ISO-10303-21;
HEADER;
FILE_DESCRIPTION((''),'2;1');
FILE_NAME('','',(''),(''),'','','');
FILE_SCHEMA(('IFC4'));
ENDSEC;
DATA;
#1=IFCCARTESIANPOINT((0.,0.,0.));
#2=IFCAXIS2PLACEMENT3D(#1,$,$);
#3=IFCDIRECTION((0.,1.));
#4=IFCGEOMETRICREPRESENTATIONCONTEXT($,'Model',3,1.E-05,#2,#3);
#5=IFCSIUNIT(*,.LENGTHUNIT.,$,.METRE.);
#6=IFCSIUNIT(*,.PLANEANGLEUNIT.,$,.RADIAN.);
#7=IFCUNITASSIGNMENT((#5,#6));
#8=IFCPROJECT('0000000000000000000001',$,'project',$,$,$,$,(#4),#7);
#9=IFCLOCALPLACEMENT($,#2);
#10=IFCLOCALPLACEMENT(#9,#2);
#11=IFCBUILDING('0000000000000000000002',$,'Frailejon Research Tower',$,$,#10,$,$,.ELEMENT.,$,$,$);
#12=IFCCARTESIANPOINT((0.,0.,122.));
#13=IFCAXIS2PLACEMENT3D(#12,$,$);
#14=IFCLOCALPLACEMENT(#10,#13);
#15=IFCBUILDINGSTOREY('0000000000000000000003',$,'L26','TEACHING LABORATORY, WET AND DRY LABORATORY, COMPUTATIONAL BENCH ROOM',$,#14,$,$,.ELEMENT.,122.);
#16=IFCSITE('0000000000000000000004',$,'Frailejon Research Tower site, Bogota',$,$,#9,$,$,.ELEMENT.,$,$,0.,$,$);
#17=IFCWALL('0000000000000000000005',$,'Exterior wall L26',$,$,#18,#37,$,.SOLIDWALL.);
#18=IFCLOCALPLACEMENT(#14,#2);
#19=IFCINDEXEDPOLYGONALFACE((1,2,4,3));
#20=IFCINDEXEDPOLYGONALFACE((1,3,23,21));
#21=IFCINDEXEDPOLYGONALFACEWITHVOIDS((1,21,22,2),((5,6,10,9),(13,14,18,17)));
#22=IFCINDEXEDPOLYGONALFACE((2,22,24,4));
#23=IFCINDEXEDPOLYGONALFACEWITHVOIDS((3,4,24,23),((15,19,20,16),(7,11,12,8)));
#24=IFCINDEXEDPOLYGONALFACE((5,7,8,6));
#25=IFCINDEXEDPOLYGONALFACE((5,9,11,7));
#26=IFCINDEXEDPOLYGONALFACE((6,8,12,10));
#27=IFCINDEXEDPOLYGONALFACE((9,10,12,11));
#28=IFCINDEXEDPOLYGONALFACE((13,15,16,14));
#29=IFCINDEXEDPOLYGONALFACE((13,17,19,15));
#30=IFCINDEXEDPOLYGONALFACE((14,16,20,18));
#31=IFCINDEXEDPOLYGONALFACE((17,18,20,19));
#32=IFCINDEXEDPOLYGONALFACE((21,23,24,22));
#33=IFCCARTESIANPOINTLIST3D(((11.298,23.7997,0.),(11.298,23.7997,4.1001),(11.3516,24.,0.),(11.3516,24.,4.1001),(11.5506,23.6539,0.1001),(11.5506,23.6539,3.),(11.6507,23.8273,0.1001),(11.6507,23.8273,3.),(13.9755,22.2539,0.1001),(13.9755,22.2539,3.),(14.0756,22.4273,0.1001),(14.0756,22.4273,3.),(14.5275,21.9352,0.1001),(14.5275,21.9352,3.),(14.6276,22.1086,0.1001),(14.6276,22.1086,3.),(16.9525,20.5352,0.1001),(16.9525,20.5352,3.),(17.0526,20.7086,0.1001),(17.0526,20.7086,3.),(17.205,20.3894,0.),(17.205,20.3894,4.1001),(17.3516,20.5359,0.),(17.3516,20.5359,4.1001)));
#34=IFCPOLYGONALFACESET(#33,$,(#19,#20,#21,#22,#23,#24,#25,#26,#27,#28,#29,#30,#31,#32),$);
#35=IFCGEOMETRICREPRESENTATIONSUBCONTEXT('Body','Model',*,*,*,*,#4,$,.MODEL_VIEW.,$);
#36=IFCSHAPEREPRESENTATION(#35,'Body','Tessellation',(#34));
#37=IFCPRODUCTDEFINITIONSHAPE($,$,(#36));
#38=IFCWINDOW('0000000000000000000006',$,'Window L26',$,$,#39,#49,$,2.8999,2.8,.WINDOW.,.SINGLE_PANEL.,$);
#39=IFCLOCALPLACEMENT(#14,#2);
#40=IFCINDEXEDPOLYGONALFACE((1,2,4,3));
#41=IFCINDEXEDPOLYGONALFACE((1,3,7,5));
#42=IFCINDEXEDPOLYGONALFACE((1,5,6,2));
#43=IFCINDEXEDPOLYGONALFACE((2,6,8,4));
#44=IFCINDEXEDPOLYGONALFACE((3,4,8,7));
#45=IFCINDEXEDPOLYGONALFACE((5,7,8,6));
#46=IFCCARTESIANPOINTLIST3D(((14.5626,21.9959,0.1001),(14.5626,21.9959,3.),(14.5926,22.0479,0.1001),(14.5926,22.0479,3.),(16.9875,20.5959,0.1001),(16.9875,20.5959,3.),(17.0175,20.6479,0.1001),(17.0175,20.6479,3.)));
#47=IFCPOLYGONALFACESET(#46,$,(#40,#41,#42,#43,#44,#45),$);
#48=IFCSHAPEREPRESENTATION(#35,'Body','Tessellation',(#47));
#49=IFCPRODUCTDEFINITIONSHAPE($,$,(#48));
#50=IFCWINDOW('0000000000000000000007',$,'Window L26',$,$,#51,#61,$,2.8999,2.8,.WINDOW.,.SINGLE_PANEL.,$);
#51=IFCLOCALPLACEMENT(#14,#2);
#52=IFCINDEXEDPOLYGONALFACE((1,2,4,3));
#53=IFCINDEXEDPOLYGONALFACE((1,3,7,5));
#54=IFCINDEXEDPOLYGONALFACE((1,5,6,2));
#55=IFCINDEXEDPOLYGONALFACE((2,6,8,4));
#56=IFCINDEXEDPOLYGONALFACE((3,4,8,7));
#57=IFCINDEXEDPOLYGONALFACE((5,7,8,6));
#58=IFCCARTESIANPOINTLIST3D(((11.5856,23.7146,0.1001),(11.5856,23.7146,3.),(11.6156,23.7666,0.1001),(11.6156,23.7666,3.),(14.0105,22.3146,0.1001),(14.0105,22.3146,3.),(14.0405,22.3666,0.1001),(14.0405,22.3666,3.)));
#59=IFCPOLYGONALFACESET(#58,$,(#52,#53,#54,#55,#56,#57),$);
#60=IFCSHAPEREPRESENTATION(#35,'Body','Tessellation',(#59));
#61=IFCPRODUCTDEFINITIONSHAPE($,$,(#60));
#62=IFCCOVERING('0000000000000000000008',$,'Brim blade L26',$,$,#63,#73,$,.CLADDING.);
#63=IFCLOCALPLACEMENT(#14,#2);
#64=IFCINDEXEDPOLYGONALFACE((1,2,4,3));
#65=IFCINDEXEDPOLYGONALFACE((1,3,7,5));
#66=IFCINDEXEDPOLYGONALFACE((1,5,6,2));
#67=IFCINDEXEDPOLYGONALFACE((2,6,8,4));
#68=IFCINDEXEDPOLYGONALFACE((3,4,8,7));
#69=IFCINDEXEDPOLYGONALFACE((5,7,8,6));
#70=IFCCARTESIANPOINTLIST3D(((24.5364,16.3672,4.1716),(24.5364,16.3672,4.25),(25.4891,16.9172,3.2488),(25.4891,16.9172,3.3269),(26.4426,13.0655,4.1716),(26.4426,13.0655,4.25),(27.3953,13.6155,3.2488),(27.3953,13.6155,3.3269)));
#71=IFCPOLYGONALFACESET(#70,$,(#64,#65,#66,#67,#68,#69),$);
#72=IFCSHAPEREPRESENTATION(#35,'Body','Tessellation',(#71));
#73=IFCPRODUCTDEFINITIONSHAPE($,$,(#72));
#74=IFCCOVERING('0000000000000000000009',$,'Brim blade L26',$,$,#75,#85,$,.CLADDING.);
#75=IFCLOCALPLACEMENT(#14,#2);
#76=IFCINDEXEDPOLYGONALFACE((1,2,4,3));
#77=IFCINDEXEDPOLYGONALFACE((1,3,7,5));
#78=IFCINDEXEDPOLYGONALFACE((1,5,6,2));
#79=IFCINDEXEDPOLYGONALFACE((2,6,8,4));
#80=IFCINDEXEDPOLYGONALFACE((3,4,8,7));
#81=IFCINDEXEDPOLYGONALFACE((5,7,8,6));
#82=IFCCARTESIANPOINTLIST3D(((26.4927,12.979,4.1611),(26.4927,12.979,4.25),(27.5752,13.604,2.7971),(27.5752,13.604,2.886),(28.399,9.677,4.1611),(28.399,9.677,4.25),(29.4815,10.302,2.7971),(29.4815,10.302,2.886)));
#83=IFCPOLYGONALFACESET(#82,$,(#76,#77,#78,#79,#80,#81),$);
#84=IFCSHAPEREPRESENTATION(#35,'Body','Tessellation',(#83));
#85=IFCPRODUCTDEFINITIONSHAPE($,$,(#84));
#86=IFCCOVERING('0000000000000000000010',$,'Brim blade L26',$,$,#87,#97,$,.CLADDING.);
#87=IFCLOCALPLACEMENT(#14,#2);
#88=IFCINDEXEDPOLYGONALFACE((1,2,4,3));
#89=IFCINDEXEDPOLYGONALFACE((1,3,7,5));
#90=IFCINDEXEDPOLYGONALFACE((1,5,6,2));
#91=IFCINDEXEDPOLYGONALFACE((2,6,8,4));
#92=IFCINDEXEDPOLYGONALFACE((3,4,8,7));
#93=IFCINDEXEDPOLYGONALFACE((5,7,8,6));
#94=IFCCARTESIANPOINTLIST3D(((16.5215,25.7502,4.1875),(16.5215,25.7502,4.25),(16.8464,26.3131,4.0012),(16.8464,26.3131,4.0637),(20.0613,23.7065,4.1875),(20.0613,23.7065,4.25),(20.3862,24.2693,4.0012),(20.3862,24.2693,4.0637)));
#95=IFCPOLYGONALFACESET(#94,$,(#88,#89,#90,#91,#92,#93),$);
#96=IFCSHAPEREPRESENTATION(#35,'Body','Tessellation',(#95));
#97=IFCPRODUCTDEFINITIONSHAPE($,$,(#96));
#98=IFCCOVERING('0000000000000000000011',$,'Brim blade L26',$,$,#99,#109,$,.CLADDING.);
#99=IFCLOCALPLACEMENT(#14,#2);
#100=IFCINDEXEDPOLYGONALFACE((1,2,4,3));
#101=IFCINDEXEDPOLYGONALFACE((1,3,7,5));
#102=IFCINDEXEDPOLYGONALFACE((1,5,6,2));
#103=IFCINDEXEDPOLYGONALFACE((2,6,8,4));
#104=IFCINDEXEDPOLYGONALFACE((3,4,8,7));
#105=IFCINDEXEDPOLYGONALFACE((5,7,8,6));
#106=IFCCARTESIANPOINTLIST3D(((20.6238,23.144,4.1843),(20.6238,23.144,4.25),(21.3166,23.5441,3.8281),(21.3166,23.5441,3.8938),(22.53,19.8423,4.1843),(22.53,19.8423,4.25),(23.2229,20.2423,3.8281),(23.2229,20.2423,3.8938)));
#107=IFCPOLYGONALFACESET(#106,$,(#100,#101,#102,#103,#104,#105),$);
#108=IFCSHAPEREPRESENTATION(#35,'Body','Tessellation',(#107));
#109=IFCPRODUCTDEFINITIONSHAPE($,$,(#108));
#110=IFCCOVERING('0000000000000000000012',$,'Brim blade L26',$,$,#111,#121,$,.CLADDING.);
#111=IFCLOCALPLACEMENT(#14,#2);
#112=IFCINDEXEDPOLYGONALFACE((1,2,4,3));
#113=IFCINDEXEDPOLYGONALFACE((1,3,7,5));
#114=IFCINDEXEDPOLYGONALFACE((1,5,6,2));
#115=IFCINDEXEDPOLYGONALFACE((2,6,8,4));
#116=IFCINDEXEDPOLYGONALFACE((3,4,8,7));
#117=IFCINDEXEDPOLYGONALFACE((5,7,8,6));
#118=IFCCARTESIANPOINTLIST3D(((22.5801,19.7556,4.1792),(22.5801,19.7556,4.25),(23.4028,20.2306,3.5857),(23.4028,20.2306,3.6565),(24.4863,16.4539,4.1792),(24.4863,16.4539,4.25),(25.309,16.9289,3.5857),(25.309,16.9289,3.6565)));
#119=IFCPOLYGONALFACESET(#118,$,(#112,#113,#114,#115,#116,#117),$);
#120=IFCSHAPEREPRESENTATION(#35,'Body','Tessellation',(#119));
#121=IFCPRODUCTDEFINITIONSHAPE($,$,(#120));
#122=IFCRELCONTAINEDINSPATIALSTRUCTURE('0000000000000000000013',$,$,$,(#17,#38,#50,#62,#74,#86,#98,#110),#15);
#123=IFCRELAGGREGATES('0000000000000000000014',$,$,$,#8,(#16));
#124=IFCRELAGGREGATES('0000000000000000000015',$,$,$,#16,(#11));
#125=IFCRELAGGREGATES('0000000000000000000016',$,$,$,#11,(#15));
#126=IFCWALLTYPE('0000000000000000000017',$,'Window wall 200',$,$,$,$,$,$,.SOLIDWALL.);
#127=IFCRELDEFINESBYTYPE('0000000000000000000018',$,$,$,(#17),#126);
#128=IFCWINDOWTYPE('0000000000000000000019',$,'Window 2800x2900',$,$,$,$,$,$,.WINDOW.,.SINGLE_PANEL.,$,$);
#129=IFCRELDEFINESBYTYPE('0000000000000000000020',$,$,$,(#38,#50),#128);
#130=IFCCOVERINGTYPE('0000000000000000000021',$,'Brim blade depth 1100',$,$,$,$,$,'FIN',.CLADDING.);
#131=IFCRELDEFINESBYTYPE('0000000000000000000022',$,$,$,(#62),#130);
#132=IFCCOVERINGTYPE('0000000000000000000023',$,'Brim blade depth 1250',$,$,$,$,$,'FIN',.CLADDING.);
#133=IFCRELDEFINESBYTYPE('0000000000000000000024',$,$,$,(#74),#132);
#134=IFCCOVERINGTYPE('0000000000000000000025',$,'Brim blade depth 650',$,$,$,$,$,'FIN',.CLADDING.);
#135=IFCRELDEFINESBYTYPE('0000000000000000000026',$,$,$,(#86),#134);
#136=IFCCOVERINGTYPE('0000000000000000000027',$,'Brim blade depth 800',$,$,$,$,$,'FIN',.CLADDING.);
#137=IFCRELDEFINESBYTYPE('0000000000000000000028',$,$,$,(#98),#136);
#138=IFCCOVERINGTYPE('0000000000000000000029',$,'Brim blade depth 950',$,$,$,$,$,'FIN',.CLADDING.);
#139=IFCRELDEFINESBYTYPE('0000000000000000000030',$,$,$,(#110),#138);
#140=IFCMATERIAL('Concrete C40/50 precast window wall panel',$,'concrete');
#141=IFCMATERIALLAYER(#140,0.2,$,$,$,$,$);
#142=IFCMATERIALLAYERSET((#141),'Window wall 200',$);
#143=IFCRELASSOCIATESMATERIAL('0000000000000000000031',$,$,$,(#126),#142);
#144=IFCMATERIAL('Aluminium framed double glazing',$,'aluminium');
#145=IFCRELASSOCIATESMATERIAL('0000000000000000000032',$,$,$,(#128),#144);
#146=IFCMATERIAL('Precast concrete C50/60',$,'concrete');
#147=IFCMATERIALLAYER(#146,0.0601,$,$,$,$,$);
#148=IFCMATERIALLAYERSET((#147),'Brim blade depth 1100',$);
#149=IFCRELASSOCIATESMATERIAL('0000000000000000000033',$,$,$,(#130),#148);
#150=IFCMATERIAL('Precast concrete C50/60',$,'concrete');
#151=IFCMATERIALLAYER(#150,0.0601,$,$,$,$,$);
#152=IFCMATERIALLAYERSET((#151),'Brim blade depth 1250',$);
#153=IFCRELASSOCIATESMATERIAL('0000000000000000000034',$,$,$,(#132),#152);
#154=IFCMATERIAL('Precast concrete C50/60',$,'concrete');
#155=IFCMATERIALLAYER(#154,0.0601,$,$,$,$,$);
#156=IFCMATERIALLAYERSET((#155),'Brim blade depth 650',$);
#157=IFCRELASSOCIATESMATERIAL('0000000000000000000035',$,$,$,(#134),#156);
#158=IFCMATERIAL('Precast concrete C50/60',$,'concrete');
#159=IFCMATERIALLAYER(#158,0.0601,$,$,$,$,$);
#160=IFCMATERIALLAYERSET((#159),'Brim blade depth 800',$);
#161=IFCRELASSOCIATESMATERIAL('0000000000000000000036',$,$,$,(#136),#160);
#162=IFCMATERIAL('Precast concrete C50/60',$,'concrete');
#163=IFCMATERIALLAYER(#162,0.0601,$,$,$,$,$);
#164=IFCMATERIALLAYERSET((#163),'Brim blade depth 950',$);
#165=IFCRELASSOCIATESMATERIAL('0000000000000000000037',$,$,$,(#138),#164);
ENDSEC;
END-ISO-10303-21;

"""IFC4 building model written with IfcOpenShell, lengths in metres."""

from ifc_helpers import new_model, si_unit, direction, frame, frame_2d, origin, place, context, subcontext, project, spatial, polyline, rectangle, outline, extrude, material, layer, layer_set, type_object, element, fill, save


model = new_model("IFC4")

# Units and contexts
model_context = context("Model", 3, precision=1e-05, world=origin(), true_north=direction((0.0, 1.0)))
body_context = subcontext(model_context, "Body", "Model", "MODEL_VIEW")
ifc_project = project(units=[si_unit("LENGTHUNIT", "METRE"), si_unit("PLANEANGLEUNIT", "RADIAN")], contexts=[model_context])

# Site, building, storey
site_placement = place(None, origin())
site = spatial("IfcSite", under=ifc_project, at=site_placement, Name="Frailejon Research Tower site, Bogota", CompositionType="ELEMENT", RefElevation=0.0)
building_placement = place(site_placement, origin())
building = spatial("IfcBuilding", under=site, at=building_placement, Name="Frailejon Research Tower", CompositionType="ELEMENT")
storey_placement = place(building_placement, frame((0.0, 0.0, 122.0)))
storey = spatial("IfcBuildingStorey", under=building, at=storey_placement, Name="L26", Description="TEACHING LABORATORY, WET AND DRY LABORATORY, COMPUTATIONAL BENCH ROOM", CompositionType="ELEMENT", Elevation=122.0)

# Wall, openings, windows
ifc_material_1 = material(Name="Concrete C40/50 precast window wall panel", Category="concrete")
ifc_layer_1 = layer(ifc_material_1, 0.2)
ifc_layer_set_1 = layer_set([ifc_layer_1], Name="Window wall 200")
wall_type = type_object("IfcWallType", Name="Window wall 200", PredefinedType="SOLIDWALL", material=ifc_layer_set_1)
wall_placement = place(storey_placement, frame((17.2783, 20.4626, 0.0), z_axis=(0.0, 0.0, 1.0), x_axis=(-0.866029, 0.499993, 0.0)))
wall = element("IfcWall", 1, at=wall_placement, inside=storey, type_object=wall_type, Name="Exterior wall L26", PredefinedType="SOLIDWALL", context=body_context, shape_type="SweptSolid", body=[
    extrude(outline(polyline([(-0.0269, -0.1001), (1.1279, -0.1001), (2.2825, -0.1001), (3.4373, -0.1001), (4.592, -0.1001), (5.7466, -0.1001), (6.9014, -0.1001), (6.8477, 0.1001), (5.7109, 0.1001), (4.574, 0.1001), (3.4373, 0.1001), (2.3005, 0.1001), (1.1636, 0.1001), (0.0269, 0.1001), (-0.0269, -0.1001)])), origin(), (0.0, 0.0, 1.0), 4.1001),
])
opening_1_placement = place(wall_placement, frame((0.3186, 0.0, 0.1001)))
opening_1 = element("IfcOpeningElement", 2, at=opening_1_placement, cuts=wall, PredefinedType="OPENING", context=body_context, shape_type="SweptSolid", body=[
    extrude(rectangle(XDim=2.8, YDim=2.8999, at=frame_2d((1.3999, 1.45))), frame((0.0, 0.1099, 0.0), z_axis=(0.0, -1.0, 0.0), x_axis=(1.0, 0.0, 0.0)), (0.0, 0.0, 1.0), 0.22),
])
opening_2_placement = place(wall_placement, frame((3.7561, 0.0, 0.1001)))
opening_2 = element("IfcOpeningElement", 3, at=opening_2_placement, cuts=wall, PredefinedType="OPENING", context=body_context, shape_type="SweptSolid", body=[
    extrude(rectangle(XDim=2.8, YDim=2.8999, at=frame_2d((1.3999, 1.45))), frame((0.0, 0.1099, 0.0), z_axis=(0.0, -1.0, 0.0), x_axis=(1.0, 0.0, 0.0)), (0.0, 0.0, 1.0), 0.22),
])
ifc_material_2 = material(Name="Aluminium framed double glazing", Category="aluminium")
window_type = type_object("IfcWindowType", Name="Window 2800x2900", PartitioningType="SINGLE_PANEL", PredefinedType="WINDOW", material=ifc_material_2)
window_1_placement = place(opening_1_placement, origin())
window_1 = element("IfcWindow", 4, at=window_1_placement, inside=storey, type_object=window_type, Name="Window L26", OverallHeight=2.8999, OverallWidth=2.8, PartitioningType="SINGLE_PANEL", PredefinedType="WINDOW", context=body_context, shape_type="SweptSolid", body=[
    extrude(rectangle(XDim=2.8, YDim=2.8999, at=frame_2d((1.3999, 1.45))), frame((0.0, 0.03, 0.0), z_axis=(0.0, -1.0, 0.0), x_axis=(1.0, 0.0, 0.0)), (0.0, 0.0, 1.0), 0.0601),
])
fill(opening_1, window_1)
window_2_placement = place(opening_2_placement, origin())
window_2 = element("IfcWindow", 5, at=window_2_placement, inside=storey, type_object=window_type, Name="Window L26", OverallHeight=2.8999, OverallWidth=2.8, PartitioningType="SINGLE_PANEL", PredefinedType="WINDOW", context=body_context, shape_type="SweptSolid", body=[
    extrude(rectangle(XDim=2.8, YDim=2.8999, at=frame_2d((1.3999, 1.45))), frame((0.0, 0.03, 0.0), z_axis=(0.0, -1.0, 0.0), x_axis=(1.0, 0.0, 0.0)), (0.0, 0.0, 1.0), 0.0601),
])
fill(opening_2, window_2)

# Coverings
ifc_material_3 = material(Name="Precast concrete C50/60", Category="concrete")
ifc_layer_2 = layer(ifc_material_3, 0.0601)
ifc_layer_set_2 = layer_set([ifc_layer_2], Name="Brim blade depth 1100")
covering_type_1 = type_object("IfcCoveringType", Name="Brim blade depth 1100", ElementType="FIN", PredefinedType="CLADDING", material=ifc_layer_set_2)
covering_1_placement = place(storey_placement, frame((24.5364, 16.3672, 4.25), z_axis=(0.500001, -0.866025, 0.0), x_axis=(0.866025, 0.500001, 0.0)))
element("IfcCovering", 6, at=covering_1_placement, inside=storey, type_object=covering_type_1, Name="Brim blade L26", PredefinedType="CLADDING", context=body_context, shape_type="SweptSolid", body=[
    extrude(outline(polyline([(0.0, -0.0784), (1.1001, -1.0012), (1.1001, -0.9231), (0.0, 0.0), (0.0, -0.0784)])), origin(), (0.0, 0.0, 1.0), 3.8125),
])
ifc_material_4 = material(Name="Precast concrete C50/60", Category="concrete")
ifc_layer_3 = layer(ifc_material_4, 0.0601)
ifc_layer_set_3 = layer_set([ifc_layer_3], Name="Brim blade depth 1250")
covering_type_2 = type_object("IfcCoveringType", Name="Brim blade depth 1250", ElementType="FIN", PredefinedType="CLADDING", material=ifc_layer_set_3)
covering_2_placement = place(storey_placement, frame((26.4927, 12.979, 4.25), z_axis=(0.49999, -0.866031, 0.0), x_axis=(0.866031, 0.49999, 0.0)))
element("IfcCovering", 7, at=covering_2_placement, inside=storey, type_object=covering_type_2, Name="Brim blade L26", PredefinedType="CLADDING", context=body_context, shape_type="SweptSolid", body=[
    extrude(outline(polyline([(0.0, -0.0889), (1.25, -1.4529), (1.25, -1.364), (0.0, 0.0), (0.0, -0.0889)])), origin(), (0.0, 0.0, 1.0), 3.8127),
])
ifc_material_5 = material(Name="Precast concrete C50/60", Category="concrete")
ifc_layer_4 = layer(ifc_material_5, 0.0601)
ifc_layer_set_4 = layer_set([ifc_layer_4], Name="Brim blade depth 650")
covering_type_3 = type_object("IfcCoveringType", Name="Brim blade depth 650", ElementType="FIN", PredefinedType="CLADDING", material=ifc_layer_set_4)
covering_3_placement = place(storey_placement, frame((16.5215, 25.7502, 4.25), z_axis=(0.866021, -0.500007, 0.0), x_axis=(0.500007, 0.866021, 0.0)))
element("IfcCovering", 8, at=covering_3_placement, inside=storey, type_object=covering_type_3, Name="Brim blade L26", PredefinedType="CLADDING", context=body_context, shape_type="SweptSolid", body=[
    extrude(outline(polyline([(0.0, -0.0625), (0.6499, -0.2488), (0.6499, -0.1863), (0.0, 0.0), (0.0, -0.0625)])), origin(), (0.0, 0.0, 1.0), 4.0874),
])
ifc_material_6 = material(Name="Precast concrete C50/60", Category="concrete")
ifc_layer_5 = layer(ifc_material_6, 0.0601)
ifc_layer_set_5 = layer_set([ifc_layer_5], Name="Brim blade depth 800")
covering_type_4 = type_object("IfcCoveringType", Name="Brim blade depth 800", ElementType="FIN", PredefinedType="CLADDING", material=ifc_layer_set_5)
covering_4_placement = place(storey_placement, frame((20.6238, 23.144, 4.25), z_axis=(0.500001, -0.866025, 0.0), x_axis=(0.866025, 0.500001, 0.0)))
element("IfcCovering", 9, at=covering_4_placement, inside=storey, type_object=covering_type_4, Name="Brim blade L26", PredefinedType="CLADDING", context=body_context, shape_type="SweptSolid", body=[
    extrude(outline(polyline([(0.0, -0.0657), (0.8, -0.4219), (0.8, -0.3562), (0.0, 0.0), (0.0, -0.0657)])), origin(), (0.0, 0.0, 1.0), 3.8125),
])
ifc_material_7 = material(Name="Precast concrete C50/60", Category="concrete")
ifc_layer_6 = layer(ifc_material_7, 0.0601)
ifc_layer_set_6 = layer_set([ifc_layer_6], Name="Brim blade depth 950")
covering_type_5 = type_object("IfcCoveringType", Name="Brim blade depth 950", ElementType="FIN", PredefinedType="CLADDING", material=ifc_layer_set_6)
covering_5_placement = place(storey_placement, frame((22.5801, 19.7556, 4.25), z_axis=(0.500001, -0.866025, 0.0), x_axis=(0.866025, 0.500001, 0.0)))
element("IfcCovering", 10, at=covering_5_placement, inside=storey, type_object=covering_type_5, Name="Brim blade L26", PredefinedType="CLADDING", context=body_context, shape_type="SweptSolid", body=[
    extrude(outline(polyline([(0.0, -0.0708), (0.95, -0.6643), (0.95, -0.5935), (0.0, 0.0), (0.0, -0.0708)])), origin(), (0.0, 0.0, 1.0), 3.8125),
])

save(model, "model.ifc")
